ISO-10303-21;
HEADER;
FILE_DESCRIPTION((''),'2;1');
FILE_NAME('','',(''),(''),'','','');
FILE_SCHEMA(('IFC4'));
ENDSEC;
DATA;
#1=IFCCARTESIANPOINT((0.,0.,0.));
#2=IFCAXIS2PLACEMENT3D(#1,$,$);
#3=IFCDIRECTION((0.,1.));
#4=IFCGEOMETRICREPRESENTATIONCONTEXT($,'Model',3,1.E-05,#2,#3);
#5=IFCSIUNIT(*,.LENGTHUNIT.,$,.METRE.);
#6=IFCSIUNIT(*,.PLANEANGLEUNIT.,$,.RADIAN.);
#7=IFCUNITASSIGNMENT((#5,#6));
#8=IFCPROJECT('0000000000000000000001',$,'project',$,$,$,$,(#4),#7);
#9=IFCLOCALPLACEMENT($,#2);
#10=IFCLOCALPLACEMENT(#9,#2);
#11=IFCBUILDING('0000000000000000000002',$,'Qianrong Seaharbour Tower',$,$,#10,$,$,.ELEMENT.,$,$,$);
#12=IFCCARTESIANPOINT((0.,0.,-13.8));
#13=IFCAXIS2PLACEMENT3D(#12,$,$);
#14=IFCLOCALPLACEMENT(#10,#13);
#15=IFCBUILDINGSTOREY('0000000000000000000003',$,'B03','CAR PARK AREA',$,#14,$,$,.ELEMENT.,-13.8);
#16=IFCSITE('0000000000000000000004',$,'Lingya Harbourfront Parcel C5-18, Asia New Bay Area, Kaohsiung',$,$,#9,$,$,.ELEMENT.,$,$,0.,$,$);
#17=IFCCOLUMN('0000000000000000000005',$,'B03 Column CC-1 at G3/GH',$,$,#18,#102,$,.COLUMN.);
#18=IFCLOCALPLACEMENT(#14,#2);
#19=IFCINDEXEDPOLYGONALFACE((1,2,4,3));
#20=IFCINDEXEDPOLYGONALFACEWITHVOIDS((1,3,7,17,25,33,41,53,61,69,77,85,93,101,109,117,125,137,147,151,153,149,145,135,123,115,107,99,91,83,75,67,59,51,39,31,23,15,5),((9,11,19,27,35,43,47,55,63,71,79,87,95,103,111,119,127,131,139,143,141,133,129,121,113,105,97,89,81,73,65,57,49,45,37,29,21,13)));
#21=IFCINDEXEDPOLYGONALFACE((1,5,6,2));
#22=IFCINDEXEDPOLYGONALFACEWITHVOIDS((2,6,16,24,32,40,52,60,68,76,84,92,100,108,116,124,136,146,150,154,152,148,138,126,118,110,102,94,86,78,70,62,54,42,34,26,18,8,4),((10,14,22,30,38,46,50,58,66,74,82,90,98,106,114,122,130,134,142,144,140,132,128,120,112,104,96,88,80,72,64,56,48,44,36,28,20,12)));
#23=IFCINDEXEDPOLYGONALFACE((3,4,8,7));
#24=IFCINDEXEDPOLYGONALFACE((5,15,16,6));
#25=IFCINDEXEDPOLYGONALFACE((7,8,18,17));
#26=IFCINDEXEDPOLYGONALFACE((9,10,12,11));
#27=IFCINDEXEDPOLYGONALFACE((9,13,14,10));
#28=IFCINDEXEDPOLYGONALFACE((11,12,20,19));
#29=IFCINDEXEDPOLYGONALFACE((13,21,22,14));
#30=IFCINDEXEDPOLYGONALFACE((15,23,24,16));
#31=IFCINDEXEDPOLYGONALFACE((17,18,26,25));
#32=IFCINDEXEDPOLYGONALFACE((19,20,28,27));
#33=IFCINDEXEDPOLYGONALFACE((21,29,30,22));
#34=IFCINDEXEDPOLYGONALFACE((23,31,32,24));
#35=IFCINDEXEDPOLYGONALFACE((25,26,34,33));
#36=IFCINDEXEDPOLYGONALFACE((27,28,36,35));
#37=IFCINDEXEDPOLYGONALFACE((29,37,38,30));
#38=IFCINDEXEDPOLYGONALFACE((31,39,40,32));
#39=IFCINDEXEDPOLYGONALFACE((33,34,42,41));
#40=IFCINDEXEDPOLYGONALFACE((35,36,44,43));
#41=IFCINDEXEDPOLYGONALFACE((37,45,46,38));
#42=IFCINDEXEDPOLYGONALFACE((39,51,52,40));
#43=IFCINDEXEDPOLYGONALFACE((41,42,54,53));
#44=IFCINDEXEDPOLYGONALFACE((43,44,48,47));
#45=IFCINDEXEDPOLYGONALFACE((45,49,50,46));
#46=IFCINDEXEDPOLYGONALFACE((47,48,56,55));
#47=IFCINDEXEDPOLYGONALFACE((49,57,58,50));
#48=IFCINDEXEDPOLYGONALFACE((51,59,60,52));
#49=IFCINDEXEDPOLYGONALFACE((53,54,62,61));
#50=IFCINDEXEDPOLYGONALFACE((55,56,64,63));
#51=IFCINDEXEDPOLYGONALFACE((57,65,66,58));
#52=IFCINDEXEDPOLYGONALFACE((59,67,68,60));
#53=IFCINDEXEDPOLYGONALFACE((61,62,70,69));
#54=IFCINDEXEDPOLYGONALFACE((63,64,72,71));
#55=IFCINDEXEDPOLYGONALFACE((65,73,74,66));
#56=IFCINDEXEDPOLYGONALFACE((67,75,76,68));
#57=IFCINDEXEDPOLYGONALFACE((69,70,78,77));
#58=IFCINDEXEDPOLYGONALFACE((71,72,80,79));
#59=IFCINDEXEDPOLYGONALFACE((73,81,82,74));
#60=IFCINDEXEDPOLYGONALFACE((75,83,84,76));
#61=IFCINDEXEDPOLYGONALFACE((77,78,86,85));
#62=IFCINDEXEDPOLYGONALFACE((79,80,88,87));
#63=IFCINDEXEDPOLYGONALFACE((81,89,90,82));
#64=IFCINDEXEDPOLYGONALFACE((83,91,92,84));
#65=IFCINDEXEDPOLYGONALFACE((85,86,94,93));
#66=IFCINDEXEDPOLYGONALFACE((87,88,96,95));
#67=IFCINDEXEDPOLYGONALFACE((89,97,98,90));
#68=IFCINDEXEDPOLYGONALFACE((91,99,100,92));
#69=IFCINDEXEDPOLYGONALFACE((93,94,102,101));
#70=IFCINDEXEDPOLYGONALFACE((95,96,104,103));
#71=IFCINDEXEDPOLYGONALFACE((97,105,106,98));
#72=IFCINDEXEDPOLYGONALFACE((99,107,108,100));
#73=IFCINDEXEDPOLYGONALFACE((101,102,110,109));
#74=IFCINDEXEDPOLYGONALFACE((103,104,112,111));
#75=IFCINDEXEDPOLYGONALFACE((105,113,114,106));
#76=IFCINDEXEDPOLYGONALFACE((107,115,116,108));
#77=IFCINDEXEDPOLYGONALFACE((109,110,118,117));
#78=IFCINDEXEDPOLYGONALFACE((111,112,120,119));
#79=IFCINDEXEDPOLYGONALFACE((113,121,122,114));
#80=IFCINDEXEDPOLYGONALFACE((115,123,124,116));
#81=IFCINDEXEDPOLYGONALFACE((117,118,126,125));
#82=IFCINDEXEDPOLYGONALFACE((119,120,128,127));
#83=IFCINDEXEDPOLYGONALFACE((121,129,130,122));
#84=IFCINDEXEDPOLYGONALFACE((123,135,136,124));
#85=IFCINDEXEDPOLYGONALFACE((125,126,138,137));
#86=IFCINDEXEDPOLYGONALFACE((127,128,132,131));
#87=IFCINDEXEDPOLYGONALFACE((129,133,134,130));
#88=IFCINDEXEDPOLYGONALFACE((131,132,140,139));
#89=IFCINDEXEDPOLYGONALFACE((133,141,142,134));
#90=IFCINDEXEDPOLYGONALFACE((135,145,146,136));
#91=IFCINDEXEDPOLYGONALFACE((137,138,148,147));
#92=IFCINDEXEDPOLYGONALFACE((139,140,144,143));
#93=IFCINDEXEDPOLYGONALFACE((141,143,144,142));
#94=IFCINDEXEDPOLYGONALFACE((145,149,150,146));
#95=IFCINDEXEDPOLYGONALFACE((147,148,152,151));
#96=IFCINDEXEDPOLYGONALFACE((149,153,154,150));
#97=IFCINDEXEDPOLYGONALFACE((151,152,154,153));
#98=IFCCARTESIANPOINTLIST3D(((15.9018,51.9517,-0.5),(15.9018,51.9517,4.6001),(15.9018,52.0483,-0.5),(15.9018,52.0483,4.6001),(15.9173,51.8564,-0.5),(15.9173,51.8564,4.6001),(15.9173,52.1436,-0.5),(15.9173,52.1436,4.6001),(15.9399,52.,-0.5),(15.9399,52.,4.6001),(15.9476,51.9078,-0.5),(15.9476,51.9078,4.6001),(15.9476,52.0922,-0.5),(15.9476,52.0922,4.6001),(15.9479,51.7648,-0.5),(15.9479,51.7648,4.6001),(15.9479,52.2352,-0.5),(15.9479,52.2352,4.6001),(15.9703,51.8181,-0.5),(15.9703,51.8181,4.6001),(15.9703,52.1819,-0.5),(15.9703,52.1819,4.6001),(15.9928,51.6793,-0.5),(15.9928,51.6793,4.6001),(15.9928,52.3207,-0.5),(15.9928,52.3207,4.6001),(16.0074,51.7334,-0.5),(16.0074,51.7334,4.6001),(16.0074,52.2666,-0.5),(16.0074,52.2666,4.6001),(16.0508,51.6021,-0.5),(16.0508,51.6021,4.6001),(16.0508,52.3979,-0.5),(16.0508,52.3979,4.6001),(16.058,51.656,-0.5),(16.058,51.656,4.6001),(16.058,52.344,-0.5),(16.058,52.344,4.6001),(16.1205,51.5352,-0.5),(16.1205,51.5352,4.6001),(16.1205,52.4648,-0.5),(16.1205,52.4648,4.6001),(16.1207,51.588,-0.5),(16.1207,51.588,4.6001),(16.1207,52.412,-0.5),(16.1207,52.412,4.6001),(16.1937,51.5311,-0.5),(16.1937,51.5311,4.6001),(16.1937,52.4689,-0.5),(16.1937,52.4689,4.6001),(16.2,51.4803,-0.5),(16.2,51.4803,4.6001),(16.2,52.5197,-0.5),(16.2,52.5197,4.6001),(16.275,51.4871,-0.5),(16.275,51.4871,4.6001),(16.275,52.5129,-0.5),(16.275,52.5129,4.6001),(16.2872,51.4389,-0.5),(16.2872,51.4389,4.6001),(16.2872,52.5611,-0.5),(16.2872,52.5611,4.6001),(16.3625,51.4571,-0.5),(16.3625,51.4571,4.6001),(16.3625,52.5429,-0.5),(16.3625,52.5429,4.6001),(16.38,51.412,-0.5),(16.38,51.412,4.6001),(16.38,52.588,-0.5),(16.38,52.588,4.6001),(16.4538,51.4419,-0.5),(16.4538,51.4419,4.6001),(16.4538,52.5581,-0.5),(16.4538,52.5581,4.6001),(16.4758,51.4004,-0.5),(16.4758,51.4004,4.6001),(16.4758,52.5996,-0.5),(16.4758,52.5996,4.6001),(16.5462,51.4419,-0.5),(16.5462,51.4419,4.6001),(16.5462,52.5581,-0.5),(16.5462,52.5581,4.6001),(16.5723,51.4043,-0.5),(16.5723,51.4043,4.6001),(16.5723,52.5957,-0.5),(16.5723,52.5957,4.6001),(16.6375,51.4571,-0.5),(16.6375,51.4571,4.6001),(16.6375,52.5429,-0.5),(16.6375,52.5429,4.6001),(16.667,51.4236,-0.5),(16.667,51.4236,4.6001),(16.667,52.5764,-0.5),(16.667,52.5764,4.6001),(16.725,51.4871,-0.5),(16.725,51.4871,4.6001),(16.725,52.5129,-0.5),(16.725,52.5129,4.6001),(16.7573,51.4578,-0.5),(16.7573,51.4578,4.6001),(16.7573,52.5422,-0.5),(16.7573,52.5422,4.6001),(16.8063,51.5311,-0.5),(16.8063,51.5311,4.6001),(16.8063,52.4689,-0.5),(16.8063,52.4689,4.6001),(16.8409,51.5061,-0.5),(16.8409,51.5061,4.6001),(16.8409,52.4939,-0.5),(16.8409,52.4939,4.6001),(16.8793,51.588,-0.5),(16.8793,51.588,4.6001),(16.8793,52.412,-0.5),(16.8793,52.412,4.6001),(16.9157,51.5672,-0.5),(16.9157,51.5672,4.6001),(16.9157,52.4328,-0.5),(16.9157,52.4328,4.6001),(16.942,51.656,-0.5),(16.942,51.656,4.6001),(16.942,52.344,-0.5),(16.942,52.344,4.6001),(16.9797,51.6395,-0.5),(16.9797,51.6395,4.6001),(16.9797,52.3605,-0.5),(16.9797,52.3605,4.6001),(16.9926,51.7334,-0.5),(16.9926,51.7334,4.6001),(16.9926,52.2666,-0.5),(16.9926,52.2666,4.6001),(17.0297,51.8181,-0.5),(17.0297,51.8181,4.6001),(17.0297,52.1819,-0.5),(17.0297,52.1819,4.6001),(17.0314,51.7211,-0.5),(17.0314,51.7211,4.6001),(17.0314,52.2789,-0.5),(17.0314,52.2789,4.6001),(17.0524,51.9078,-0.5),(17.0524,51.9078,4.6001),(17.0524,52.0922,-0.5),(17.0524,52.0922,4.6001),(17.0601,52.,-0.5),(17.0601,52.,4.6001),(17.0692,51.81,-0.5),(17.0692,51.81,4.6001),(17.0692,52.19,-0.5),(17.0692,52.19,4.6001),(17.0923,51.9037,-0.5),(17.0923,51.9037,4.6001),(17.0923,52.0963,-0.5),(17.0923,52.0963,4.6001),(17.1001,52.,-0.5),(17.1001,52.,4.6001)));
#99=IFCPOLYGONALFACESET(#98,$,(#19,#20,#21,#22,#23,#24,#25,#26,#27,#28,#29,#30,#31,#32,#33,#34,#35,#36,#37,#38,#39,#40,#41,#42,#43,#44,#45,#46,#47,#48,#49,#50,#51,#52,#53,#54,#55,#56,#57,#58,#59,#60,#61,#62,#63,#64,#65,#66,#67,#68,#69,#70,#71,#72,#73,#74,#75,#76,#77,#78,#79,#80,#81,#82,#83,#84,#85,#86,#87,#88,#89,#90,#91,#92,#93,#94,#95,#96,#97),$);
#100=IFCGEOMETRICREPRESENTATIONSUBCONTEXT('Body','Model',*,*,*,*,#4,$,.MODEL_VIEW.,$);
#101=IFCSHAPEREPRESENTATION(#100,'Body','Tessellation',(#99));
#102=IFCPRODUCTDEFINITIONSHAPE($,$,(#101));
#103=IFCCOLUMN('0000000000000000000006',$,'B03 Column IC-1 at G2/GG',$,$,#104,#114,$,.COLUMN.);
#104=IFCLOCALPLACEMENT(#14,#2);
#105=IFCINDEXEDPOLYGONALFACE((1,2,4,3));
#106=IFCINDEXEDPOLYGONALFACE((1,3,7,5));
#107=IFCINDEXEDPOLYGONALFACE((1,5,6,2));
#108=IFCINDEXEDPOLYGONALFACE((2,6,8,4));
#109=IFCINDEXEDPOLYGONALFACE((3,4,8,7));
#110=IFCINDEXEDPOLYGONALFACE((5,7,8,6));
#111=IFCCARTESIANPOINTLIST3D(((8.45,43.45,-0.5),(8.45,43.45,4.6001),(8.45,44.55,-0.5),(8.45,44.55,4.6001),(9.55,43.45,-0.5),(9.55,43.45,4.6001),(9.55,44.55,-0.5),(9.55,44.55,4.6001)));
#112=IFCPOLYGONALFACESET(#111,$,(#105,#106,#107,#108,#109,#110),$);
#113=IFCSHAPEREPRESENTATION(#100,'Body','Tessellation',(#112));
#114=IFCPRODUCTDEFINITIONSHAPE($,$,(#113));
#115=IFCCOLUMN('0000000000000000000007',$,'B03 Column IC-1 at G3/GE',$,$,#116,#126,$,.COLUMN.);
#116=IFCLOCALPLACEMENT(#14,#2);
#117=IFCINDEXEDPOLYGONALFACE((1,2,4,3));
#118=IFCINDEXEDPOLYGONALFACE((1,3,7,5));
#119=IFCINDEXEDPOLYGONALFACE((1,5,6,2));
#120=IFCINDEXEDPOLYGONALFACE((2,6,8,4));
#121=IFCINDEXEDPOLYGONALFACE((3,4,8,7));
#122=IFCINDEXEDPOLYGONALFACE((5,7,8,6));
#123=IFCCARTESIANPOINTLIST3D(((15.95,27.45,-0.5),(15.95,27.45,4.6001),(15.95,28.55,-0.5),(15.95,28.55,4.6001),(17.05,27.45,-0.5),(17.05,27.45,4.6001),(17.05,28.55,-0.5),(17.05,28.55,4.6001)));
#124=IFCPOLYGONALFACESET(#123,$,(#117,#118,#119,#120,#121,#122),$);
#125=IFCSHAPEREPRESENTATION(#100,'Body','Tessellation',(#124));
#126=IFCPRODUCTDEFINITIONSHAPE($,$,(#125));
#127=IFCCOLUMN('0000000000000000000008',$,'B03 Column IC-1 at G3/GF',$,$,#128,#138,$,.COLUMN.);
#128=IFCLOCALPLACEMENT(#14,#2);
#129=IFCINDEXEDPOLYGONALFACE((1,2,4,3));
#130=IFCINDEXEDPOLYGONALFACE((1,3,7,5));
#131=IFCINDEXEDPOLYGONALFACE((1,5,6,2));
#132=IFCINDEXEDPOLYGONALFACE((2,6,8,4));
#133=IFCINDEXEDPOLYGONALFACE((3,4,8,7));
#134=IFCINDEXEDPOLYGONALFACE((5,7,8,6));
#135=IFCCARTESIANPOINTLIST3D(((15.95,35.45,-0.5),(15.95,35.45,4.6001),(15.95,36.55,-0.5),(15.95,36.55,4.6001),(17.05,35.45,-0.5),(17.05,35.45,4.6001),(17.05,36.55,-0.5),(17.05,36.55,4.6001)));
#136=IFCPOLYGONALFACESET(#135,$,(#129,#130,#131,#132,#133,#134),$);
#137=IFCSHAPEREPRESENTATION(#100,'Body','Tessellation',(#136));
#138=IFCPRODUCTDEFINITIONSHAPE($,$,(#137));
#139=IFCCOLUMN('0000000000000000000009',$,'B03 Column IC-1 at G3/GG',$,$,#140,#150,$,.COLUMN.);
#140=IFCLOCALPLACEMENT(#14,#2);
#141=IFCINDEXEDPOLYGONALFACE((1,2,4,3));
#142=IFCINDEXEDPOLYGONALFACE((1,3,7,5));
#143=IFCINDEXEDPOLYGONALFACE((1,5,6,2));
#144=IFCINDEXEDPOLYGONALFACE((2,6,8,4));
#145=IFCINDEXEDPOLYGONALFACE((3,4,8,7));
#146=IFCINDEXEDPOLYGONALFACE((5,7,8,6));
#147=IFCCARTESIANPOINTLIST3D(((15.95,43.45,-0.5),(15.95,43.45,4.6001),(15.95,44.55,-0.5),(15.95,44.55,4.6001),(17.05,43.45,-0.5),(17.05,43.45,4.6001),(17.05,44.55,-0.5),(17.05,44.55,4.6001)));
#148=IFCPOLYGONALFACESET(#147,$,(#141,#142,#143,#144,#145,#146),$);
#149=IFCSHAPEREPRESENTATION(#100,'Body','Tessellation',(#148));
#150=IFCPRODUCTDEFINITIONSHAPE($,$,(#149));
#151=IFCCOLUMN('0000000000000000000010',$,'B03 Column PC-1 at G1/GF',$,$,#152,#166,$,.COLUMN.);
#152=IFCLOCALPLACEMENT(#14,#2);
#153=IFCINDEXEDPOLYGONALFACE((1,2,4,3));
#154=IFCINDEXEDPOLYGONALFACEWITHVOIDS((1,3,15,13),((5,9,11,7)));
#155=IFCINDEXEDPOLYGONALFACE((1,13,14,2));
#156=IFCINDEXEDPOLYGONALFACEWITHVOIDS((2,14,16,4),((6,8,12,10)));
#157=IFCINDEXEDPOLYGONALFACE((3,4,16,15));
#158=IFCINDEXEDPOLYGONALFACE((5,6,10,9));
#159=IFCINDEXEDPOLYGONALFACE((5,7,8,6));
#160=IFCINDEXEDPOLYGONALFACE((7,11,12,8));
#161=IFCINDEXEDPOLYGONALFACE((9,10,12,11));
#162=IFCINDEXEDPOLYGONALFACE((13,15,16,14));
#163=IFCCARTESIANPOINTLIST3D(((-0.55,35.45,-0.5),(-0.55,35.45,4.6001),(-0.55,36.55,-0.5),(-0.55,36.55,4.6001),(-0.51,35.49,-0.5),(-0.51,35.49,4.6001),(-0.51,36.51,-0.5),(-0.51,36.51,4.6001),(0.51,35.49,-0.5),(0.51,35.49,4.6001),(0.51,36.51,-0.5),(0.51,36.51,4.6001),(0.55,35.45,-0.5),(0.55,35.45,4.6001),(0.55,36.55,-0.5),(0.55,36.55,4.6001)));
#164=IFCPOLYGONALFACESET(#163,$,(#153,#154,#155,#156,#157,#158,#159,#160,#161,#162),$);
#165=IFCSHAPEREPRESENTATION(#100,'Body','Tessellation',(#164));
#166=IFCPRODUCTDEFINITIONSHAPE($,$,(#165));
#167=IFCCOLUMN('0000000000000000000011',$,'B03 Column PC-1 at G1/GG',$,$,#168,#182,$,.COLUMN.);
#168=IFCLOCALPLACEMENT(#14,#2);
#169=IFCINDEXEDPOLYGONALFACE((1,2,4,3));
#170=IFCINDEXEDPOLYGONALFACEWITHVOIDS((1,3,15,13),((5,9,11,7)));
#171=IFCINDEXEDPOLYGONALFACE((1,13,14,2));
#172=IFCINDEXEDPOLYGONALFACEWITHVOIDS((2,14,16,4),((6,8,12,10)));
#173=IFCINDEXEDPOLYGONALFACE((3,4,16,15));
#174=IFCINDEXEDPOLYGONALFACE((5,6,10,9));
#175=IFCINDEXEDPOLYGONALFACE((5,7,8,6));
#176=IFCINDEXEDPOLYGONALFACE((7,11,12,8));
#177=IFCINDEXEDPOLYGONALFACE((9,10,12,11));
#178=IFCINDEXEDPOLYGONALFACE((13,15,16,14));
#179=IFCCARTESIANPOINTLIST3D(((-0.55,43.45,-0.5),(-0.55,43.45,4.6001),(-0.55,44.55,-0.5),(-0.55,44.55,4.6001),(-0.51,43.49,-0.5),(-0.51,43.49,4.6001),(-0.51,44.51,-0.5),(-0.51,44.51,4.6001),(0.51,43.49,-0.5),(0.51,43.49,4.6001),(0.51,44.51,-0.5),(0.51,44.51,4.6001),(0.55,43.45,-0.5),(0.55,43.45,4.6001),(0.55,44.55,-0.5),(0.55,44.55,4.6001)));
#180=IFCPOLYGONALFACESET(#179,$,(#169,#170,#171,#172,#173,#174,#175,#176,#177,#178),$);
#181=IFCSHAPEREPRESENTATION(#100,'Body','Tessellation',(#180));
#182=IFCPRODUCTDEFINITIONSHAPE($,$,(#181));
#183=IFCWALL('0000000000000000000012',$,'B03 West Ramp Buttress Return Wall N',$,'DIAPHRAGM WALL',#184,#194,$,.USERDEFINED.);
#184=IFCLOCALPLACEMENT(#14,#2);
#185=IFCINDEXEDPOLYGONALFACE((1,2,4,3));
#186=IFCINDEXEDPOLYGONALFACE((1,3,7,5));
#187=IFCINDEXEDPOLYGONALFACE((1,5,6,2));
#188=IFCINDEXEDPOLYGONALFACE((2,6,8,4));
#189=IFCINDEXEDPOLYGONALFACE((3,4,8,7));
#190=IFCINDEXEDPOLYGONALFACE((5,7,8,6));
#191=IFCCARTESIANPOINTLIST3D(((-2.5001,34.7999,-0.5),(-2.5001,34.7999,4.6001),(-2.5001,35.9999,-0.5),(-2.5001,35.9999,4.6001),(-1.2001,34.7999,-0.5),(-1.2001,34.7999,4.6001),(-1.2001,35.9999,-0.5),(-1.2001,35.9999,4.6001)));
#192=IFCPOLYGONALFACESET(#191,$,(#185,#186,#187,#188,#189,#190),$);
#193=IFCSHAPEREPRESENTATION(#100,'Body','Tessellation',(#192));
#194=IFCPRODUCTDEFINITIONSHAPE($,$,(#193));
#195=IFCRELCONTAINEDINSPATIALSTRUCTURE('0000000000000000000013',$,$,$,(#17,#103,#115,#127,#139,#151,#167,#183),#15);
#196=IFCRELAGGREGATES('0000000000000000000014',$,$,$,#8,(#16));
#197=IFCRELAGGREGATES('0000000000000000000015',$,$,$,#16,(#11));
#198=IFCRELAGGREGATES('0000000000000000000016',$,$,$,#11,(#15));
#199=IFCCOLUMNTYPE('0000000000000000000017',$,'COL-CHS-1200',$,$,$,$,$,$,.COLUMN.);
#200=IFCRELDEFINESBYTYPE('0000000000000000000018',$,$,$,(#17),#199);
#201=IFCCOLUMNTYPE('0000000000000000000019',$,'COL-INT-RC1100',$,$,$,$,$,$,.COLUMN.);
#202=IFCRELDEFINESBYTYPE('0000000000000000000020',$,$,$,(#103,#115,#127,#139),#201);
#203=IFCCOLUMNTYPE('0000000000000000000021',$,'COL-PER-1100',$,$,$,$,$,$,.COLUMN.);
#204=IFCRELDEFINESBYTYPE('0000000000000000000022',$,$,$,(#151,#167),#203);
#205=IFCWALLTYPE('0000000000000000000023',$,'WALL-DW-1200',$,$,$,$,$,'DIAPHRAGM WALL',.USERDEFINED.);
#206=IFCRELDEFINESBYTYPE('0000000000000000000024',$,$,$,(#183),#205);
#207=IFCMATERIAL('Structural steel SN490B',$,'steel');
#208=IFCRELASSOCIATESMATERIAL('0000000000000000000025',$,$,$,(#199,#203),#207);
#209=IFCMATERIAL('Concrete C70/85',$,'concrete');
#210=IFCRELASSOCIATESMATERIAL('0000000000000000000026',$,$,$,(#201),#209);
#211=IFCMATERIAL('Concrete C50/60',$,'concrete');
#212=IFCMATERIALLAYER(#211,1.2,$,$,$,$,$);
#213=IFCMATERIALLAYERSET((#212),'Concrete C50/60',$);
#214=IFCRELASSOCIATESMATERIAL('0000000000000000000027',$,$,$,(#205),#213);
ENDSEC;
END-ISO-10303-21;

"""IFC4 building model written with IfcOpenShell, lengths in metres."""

from ifc_helpers import new_model, si_unit, direction, frame, frame_2d, origin, origin_2d, place, context, subcontext, project, spatial, rectangle, hollow_rectangle, hollow_circle, extrude, material, layer, layer_set, material_profile, profile_set, type_object, element, save


model = new_model("IFC4")

# Units and contexts
model_context = context("Model", 3, precision=1e-05, world=origin(), true_north=direction((0.0, 1.0)))
body_context = subcontext(model_context, "Body", "Model", "MODEL_VIEW")
ifc_project = project(units=[si_unit("LENGTHUNIT", "METRE"), si_unit("PLANEANGLEUNIT", "RADIAN")], contexts=[model_context])

# Site, building, storey
site_placement = place(None, origin())
site = spatial("IfcSite", under=ifc_project, at=site_placement, Name="Lingya Harbourfront Parcel C5-18, Asia New Bay Area, Kaohsiung", CompositionType="ELEMENT", RefElevation=0.0)
building_placement = place(site_placement, origin())
building = spatial("IfcBuilding", under=site, at=building_placement, Name="Qianrong Seaharbour Tower", CompositionType="ELEMENT")
storey_placement = place(building_placement, frame((0.0, 0.0, -13.8)))
storey = spatial("IfcBuildingStorey", under=building, at=storey_placement, Name="B03", Description="CAR PARK AREA", CompositionType="ELEMENT", Elevation=-13.8)

# Shared definitions
ifc_material_1 = material(Name="Concrete C50/60", Category="concrete")

# Columns
ifc_material_2 = material(Name="Structural steel SN490B", Category="steel")
ifc_material_profile_1 = material_profile(ifc_material_2, hollow_circle(Radius=0.6001, WallThickness=0.04, at=origin_2d()), Name="CHS1200x40")
ifc_profile_set_1 = profile_set([ifc_material_profile_1], Name="Structural steel SN490B")
column_type_1 = type_object("IfcColumnType", Name="COL-CHS-1200", PredefinedType="COLUMN", material=ifc_profile_set_1)
for number, where, z_axis, x_axis, name in (
    (1, (16.5, 52.0, -0.5), (0.0, 0.0, 1.0), (1.0, 0.0, 0.0), "B03 Column CC-1 at G3/GH"),
):
    element("IfcColumn", number, at=place(storey_placement, frame(where, z_axis=z_axis, x_axis=x_axis)), inside=storey, type_object=column_type_1, Name=name, PredefinedType="COLUMN", context=body_context, shape_type="SweptSolid", body=[
        extrude(hollow_circle(Radius=0.6001, WallThickness=0.04, at=origin_2d()), origin(), (0.0, 0.0, 1.0), 5.1001),
    ])
ifc_material_3 = material(Name="Concrete C70/85", Category="concrete")
ifc_material_profile_2 = material_profile(ifc_material_3, rectangle(XDim=1.1001, YDim=1.1001, at=origin_2d()), Name="RC1100x1100")
ifc_profile_set_2 = profile_set([ifc_material_profile_2], Name="Concrete C70/85")
column_type_2 = type_object("IfcColumnType", Name="COL-INT-RC1100", PredefinedType="COLUMN", material=ifc_profile_set_2)
for number, where, z_axis, x_axis, name in (
    (2, (9.0, 44.0, -0.5), (0.0, 0.0, 1.0), (1.0, 0.0, 0.0), "B03 Column IC-1 at G2/GG"),
    (3, (16.5, 28.0, -0.5), (0.0, 0.0, 1.0), (1.0, 0.0, 0.0), "B03 Column IC-1 at G3/GE"),
    (4, (16.5, 36.0, -0.5), (0.0, 0.0, 1.0), (1.0, 0.0, 0.0), "B03 Column IC-1 at G3/GF"),
    (5, (16.5, 44.0, -0.5), (0.0, 0.0, 1.0), (1.0, 0.0, 0.0), "B03 Column IC-1 at G3/GG"),
):
    element("IfcColumn", number, at=place(storey_placement, frame(where, z_axis=z_axis, x_axis=x_axis)), inside=storey, type_object=column_type_2, Name=name, PredefinedType="COLUMN", context=body_context, shape_type="SweptSolid", body=[
        extrude(rectangle(XDim=1.1001, YDim=1.1001, at=origin_2d()), origin(), (0.0, 0.0, 1.0), 5.1001),
    ])
ifc_material_profile_3 = material_profile(ifc_material_2, hollow_rectangle(XDim=1.1001, YDim=1.1001, WallThickness=0.04, at=origin_2d()), Name="BOX1100x1100x40")
ifc_profile_set_3 = profile_set([ifc_material_profile_3], Name="Structural steel SN490B")
column_type_3 = type_object("IfcColumnType", Name="COL-PER-1100", PredefinedType="COLUMN", material=ifc_profile_set_3)
for number, where, z_axis, x_axis, name in (
    (6, (0.0, 36.0, -0.5), (0.0, 0.0, 1.0), (1.0, 0.0, 0.0), "B03 Column PC-1 at G1/GF"),
    (7, (0.0, 44.0, -0.5), (0.0, 0.0, 1.0), (1.0, 0.0, 0.0), "B03 Column PC-1 at G1/GG"),
):
    element("IfcColumn", number, at=place(storey_placement, frame(where, z_axis=z_axis, x_axis=x_axis)), inside=storey, type_object=column_type_3, Name=name, PredefinedType="COLUMN", context=body_context, shape_type="SweptSolid", body=[
        extrude(hollow_rectangle(XDim=1.1001, YDim=1.1001, WallThickness=0.04, at=origin_2d()), origin(), (0.0, 0.0, 1.0), 5.1001),
    ])

# Wall
ifc_layer_1 = layer(ifc_material_1, 1.2)
ifc_layer_set_1 = layer_set([ifc_layer_1], Name="Concrete C50/60")
wall_type_1 = type_object("IfcWallType", Name="WALL-DW-1200", ElementType="DIAPHRAGM WALL", PredefinedType="USERDEFINED", material=ifc_layer_set_1)
wall_1_placement = place(storey_placement, frame((-2.5, 35.3999, -0.5), z_axis=(0.0, 0.0, 1.0), x_axis=(1.0, 0.0, 0.0)))
element("IfcWall", 8, at=wall_1_placement, inside=storey, type_object=wall_type_1, Name="B03 West Ramp Buttress Return Wall N", ObjectType="DIAPHRAGM WALL", PredefinedType="USERDEFINED", context=body_context, shape_type="SweptSolid", body=[
    extrude(rectangle(XDim=1.3, YDim=1.2, at=frame_2d((0.6499, 0.0))), origin(), (0.0, 0.0, 1.0), 5.1001),
])

save(model, "model.ifc")
